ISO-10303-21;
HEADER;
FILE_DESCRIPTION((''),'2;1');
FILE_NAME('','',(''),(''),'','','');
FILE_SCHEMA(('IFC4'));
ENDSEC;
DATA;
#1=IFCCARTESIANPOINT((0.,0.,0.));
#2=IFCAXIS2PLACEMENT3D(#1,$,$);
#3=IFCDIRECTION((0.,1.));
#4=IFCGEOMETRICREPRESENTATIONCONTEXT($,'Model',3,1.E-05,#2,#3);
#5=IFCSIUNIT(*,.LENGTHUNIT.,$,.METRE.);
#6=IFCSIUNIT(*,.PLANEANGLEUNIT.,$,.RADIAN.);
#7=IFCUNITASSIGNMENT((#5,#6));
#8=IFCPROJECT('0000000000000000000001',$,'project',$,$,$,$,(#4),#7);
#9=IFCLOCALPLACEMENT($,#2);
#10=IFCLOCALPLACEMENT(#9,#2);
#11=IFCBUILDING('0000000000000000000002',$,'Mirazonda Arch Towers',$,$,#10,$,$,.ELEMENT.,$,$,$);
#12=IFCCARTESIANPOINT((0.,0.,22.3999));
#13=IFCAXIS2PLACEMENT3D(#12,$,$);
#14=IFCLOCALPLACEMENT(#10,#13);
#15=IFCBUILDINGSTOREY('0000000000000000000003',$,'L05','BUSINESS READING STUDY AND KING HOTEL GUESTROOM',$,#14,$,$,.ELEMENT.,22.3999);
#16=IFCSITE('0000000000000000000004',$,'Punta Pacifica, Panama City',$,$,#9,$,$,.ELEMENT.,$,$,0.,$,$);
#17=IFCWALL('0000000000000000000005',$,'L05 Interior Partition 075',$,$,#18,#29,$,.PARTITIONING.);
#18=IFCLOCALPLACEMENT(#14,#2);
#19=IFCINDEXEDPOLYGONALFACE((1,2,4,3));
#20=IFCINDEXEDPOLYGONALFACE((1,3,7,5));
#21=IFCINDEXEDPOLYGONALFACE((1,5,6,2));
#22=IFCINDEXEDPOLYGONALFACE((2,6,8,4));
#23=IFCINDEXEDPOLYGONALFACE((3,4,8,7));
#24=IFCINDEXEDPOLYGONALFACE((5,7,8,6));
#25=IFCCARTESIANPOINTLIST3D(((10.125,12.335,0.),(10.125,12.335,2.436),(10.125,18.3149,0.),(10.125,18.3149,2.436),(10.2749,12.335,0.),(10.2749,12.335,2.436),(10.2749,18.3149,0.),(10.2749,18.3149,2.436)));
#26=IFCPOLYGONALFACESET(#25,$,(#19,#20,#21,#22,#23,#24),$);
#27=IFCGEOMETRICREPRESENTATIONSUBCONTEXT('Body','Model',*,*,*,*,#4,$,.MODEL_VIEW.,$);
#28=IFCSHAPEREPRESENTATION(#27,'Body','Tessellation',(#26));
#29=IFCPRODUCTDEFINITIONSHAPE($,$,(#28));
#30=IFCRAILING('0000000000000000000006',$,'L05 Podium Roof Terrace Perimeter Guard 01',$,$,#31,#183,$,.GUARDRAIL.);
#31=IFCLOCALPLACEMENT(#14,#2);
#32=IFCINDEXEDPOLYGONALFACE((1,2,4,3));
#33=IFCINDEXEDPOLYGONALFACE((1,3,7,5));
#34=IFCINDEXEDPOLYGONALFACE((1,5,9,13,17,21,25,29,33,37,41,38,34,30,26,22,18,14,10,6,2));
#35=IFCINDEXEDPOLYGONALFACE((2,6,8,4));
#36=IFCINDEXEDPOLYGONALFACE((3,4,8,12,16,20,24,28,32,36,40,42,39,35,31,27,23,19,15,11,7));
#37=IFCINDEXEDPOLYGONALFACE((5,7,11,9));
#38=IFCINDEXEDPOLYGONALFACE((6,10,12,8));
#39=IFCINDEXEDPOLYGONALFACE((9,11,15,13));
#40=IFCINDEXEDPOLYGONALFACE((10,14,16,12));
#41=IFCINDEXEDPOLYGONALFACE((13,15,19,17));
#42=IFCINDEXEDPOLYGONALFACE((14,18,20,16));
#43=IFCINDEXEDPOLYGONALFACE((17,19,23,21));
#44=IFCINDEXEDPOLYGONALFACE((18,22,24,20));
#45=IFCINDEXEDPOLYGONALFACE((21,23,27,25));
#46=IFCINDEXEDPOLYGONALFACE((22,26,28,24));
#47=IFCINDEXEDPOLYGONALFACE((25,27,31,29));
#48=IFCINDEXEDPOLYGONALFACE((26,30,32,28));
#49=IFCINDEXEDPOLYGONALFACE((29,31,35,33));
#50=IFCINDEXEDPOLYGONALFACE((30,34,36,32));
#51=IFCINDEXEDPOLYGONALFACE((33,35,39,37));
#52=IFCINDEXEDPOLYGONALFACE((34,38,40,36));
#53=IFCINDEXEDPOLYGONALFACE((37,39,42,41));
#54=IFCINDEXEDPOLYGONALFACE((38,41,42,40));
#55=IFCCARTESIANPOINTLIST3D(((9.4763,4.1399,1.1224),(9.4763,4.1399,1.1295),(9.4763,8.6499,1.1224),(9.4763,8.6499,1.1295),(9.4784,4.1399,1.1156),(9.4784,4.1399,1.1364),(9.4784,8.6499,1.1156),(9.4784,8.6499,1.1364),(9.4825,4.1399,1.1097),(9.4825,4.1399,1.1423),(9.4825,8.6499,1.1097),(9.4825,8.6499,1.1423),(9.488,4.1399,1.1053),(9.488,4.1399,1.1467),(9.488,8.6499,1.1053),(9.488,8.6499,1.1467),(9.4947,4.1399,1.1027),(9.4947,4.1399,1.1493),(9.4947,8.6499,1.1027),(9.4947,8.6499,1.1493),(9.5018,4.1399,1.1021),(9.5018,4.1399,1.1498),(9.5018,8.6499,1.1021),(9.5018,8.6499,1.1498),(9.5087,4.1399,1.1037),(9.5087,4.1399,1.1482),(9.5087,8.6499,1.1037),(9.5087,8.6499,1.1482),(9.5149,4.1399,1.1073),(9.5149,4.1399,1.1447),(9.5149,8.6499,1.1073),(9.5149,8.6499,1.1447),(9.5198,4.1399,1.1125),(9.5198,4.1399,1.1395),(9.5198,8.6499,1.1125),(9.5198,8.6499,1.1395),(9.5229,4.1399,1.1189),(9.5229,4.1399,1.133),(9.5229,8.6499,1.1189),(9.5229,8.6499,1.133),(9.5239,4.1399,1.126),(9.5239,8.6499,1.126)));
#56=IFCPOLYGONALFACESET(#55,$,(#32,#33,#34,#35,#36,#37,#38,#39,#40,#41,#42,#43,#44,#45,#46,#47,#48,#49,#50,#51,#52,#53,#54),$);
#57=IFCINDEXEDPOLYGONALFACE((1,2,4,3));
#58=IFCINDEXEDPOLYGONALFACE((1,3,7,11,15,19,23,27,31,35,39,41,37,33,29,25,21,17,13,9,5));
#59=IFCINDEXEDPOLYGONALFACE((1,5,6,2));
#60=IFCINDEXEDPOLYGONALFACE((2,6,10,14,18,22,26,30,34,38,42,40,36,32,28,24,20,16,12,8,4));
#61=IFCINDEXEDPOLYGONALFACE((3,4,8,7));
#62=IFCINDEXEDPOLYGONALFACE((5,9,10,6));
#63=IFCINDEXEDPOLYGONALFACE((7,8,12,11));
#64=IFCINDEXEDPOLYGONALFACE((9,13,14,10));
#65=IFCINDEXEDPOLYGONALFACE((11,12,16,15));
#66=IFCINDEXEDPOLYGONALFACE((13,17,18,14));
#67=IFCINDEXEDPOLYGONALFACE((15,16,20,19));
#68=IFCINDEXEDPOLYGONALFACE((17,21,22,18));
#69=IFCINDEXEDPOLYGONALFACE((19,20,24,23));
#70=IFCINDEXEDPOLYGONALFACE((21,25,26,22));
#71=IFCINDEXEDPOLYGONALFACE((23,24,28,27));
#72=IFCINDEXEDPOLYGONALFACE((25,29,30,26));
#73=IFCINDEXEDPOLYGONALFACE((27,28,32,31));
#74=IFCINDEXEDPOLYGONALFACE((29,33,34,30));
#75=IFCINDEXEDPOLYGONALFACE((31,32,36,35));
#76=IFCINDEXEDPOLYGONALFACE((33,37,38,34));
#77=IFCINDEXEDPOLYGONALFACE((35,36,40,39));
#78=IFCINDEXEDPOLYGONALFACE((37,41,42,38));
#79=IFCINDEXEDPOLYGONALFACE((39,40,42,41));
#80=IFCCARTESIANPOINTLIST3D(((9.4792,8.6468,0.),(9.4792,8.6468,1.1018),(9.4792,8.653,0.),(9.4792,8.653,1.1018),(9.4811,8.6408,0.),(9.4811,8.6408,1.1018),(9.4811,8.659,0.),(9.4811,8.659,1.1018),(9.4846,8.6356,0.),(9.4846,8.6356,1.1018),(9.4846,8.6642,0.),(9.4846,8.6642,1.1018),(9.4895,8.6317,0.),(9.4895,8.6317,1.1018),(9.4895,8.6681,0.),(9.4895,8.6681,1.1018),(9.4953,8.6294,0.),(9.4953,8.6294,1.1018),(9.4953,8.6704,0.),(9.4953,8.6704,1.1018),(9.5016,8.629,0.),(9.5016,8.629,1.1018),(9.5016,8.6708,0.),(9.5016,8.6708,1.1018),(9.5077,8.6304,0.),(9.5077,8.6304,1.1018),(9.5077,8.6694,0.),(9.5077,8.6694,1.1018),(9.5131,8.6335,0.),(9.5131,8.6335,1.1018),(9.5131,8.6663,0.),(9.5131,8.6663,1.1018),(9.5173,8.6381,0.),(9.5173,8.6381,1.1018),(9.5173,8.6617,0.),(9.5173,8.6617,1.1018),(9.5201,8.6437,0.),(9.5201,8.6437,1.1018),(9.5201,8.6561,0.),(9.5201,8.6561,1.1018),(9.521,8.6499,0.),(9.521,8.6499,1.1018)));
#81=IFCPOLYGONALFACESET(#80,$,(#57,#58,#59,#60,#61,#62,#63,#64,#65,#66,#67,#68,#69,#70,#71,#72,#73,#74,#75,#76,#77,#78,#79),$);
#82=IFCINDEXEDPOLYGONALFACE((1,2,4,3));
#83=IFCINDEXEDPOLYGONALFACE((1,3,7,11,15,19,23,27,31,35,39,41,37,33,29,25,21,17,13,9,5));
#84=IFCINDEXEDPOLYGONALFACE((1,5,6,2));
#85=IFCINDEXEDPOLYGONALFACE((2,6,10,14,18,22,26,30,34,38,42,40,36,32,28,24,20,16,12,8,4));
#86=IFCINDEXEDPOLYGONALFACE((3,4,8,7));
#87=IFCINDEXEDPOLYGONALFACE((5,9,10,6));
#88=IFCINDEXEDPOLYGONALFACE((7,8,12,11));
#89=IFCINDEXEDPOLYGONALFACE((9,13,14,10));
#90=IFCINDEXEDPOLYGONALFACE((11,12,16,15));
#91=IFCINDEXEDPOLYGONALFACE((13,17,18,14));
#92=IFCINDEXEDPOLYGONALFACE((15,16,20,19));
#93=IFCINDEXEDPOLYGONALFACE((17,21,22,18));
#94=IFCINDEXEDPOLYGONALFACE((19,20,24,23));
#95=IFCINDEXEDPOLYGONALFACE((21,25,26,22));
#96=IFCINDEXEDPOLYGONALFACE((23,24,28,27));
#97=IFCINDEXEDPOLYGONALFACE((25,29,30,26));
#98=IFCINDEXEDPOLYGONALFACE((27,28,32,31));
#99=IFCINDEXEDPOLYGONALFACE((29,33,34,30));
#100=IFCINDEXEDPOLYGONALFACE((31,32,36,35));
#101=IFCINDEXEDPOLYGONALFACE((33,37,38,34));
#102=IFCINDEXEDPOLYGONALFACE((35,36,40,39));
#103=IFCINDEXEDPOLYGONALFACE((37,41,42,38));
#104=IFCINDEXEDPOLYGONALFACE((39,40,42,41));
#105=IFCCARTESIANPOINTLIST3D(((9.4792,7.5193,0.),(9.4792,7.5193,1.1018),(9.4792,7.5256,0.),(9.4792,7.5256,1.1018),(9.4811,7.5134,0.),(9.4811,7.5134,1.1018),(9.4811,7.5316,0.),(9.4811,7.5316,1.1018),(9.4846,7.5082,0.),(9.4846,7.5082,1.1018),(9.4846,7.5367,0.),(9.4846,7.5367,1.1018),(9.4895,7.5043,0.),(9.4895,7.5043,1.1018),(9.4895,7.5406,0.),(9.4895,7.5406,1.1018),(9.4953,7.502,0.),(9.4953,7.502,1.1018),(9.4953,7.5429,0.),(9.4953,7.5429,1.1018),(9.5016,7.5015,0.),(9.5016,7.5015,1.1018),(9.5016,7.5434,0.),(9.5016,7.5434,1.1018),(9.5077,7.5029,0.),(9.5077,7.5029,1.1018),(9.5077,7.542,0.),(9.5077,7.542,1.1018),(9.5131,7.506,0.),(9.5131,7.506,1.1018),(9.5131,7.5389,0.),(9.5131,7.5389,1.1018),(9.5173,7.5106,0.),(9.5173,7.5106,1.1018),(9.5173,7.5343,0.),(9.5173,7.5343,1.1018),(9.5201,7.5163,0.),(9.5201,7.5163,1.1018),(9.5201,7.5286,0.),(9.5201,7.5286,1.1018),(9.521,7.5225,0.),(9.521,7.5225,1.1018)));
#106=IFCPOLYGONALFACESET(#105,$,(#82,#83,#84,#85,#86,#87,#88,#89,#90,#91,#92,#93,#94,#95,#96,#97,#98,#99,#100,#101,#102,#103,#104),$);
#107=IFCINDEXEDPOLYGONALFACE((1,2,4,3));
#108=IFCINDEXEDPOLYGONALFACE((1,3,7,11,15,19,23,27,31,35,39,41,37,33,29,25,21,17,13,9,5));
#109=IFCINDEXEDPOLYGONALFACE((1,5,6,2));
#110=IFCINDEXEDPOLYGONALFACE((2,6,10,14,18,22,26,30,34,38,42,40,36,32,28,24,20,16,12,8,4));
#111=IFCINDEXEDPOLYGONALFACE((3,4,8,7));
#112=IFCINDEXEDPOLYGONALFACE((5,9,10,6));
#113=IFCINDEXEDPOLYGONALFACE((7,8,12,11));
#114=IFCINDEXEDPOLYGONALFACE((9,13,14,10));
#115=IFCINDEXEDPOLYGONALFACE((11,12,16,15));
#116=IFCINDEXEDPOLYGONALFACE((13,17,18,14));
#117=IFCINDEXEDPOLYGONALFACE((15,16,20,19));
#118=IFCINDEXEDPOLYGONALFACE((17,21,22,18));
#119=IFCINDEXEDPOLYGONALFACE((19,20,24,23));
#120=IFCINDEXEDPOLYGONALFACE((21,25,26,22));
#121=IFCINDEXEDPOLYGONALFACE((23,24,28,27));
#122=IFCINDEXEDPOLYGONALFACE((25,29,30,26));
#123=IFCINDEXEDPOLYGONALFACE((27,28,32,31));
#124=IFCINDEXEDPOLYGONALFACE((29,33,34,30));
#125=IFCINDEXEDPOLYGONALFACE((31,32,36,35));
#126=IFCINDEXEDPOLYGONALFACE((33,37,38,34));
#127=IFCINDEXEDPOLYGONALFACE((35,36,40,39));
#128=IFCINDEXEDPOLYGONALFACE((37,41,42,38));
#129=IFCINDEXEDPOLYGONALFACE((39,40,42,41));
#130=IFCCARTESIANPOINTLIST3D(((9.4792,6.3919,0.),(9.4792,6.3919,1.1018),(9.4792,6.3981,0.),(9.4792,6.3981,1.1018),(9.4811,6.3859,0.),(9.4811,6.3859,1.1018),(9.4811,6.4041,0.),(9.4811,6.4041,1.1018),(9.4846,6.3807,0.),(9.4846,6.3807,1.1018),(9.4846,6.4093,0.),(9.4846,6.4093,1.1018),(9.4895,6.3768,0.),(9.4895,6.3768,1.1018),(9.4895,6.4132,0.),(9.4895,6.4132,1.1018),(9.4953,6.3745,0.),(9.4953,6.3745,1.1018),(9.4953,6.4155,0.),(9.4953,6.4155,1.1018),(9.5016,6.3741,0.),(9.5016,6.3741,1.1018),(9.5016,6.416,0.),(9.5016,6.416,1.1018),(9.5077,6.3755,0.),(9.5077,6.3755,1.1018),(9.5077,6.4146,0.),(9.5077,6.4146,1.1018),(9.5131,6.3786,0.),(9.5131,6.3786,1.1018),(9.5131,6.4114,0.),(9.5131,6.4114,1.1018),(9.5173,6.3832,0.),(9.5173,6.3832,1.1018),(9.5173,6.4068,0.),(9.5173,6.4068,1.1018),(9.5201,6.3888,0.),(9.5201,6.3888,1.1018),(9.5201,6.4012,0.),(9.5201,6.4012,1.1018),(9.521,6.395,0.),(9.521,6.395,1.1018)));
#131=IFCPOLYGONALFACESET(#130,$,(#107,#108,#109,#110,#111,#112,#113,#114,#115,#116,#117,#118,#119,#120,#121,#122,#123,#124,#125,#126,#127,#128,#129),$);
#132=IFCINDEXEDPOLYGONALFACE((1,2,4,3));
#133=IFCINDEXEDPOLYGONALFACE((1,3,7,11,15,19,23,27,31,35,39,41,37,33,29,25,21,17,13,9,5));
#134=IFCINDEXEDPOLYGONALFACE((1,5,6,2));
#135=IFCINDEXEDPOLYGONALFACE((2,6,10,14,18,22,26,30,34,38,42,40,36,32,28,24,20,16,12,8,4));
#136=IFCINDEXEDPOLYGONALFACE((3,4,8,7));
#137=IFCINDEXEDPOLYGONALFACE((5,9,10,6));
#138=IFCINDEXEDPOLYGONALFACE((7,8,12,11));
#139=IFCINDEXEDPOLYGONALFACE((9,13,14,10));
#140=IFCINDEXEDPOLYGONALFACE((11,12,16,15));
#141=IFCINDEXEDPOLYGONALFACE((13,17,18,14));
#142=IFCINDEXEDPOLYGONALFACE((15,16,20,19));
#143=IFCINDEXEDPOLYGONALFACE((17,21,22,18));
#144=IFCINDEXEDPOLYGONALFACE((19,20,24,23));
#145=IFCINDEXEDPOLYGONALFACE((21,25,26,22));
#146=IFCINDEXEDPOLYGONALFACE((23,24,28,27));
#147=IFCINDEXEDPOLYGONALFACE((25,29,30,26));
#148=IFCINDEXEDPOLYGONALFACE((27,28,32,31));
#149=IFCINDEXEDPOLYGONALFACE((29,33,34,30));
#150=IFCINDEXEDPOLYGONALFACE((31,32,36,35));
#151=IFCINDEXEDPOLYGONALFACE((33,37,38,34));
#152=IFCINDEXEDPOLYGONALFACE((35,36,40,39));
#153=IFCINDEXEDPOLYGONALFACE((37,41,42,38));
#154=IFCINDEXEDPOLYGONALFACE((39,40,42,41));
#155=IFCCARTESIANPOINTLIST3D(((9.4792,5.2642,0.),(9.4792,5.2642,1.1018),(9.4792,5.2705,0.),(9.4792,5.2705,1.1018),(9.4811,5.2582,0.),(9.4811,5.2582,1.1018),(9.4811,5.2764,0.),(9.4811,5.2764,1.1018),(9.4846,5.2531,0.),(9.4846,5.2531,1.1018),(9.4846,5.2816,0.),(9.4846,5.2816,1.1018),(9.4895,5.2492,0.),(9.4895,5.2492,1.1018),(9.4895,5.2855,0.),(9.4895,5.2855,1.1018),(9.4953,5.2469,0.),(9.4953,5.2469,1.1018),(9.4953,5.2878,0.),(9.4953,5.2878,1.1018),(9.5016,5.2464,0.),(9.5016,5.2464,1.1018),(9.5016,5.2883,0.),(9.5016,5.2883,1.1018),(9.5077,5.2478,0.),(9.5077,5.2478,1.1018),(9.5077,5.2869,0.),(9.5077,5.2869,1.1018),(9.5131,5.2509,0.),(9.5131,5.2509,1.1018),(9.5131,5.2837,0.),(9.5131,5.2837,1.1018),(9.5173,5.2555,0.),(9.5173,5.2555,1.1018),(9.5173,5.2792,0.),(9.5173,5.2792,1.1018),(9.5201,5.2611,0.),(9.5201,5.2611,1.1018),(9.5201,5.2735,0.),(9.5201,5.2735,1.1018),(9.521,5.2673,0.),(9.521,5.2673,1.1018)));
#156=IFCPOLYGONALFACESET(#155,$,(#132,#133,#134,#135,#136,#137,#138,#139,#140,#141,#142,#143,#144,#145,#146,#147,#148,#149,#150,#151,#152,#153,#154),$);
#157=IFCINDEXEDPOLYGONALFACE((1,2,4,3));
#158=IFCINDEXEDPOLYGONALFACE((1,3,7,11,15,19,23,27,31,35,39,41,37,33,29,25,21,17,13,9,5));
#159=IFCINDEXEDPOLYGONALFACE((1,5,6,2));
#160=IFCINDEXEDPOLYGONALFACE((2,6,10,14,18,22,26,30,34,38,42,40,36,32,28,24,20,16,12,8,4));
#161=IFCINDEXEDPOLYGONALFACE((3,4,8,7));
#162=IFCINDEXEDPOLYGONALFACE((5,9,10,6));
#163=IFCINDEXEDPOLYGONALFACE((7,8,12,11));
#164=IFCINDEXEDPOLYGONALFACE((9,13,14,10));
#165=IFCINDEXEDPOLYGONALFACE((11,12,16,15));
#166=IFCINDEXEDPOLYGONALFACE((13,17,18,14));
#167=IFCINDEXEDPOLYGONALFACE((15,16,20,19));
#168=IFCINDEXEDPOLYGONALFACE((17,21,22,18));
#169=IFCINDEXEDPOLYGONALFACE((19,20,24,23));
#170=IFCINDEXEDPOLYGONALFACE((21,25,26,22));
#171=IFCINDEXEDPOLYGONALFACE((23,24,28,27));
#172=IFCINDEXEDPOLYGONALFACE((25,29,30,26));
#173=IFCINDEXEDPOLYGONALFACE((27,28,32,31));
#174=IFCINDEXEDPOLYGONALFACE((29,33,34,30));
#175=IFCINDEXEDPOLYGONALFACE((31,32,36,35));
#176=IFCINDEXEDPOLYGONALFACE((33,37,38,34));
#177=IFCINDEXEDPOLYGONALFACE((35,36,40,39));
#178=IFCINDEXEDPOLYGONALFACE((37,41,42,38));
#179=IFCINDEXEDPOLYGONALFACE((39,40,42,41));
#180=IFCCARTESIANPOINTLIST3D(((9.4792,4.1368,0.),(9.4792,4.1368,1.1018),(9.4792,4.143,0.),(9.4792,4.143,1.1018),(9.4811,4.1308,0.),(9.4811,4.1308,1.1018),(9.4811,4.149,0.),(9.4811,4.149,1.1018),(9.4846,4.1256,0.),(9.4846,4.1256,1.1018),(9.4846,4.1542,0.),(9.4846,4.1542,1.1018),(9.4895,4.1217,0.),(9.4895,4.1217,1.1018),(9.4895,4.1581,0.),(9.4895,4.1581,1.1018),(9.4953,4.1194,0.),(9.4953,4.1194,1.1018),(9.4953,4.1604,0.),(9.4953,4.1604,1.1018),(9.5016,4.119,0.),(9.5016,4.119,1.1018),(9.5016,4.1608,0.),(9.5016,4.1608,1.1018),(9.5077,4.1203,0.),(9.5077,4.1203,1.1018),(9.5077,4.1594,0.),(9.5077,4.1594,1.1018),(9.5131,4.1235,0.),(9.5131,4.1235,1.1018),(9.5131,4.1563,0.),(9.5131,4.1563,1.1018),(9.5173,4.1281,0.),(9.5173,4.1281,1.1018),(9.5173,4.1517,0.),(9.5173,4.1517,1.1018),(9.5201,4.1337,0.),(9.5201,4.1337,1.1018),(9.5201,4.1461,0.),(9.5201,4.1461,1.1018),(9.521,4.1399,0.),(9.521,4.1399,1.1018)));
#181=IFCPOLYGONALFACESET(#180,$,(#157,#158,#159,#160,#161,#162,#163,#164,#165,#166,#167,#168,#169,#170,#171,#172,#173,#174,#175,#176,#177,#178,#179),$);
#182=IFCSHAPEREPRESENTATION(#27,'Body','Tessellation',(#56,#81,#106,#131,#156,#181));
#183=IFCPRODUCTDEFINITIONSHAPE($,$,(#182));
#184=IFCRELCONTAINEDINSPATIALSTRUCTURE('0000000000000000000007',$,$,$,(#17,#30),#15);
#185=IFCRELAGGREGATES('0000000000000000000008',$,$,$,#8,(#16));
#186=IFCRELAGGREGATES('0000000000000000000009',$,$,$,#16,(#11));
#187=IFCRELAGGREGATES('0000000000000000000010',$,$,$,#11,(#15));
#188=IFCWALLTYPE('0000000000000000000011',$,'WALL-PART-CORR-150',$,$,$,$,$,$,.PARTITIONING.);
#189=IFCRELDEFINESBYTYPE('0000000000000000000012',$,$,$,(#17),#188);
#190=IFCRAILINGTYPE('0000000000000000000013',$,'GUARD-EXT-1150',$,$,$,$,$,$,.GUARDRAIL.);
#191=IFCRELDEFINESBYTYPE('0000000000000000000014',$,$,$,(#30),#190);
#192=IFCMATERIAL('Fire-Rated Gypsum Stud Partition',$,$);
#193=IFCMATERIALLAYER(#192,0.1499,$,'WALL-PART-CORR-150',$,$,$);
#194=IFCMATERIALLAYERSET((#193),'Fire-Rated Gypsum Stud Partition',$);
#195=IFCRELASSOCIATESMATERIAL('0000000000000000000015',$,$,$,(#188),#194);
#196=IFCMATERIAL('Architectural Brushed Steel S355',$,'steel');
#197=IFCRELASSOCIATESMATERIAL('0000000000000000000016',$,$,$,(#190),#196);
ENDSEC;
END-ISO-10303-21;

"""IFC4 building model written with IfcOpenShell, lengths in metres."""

from ifc_helpers import new_model, si_unit, direction, frame, frame_2d, origin, origin_2d, place, context, subcontext, project, spatial, rectangle, circle, extrude, material, layer, layer_set, type_object, element, save


model = new_model("IFC4")

# Units and contexts
model_context = context("Model", 3, precision=1e-05, world=origin(), true_north=direction((0.0, 1.0)))
body_context = subcontext(model_context, "Body", "Model", "MODEL_VIEW")
ifc_project = project(units=[si_unit("LENGTHUNIT", "METRE"), si_unit("PLANEANGLEUNIT", "RADIAN")], contexts=[model_context])

# Site, building, storey
site_placement = place(None, origin())
site = spatial("IfcSite", under=ifc_project, at=site_placement, Name="Punta Pacifica, Panama City", CompositionType="ELEMENT", RefElevation=0.0)
building_placement = place(site_placement, origin())
building = spatial("IfcBuilding", under=site, at=building_placement, Name="Mirazonda Arch Towers", CompositionType="ELEMENT")
storey_placement = place(building_placement, frame((0.0, 0.0, 22.3999)))
storey = spatial("IfcBuildingStorey", under=building, at=storey_placement, Name="L05", Description="BUSINESS READING STUDY AND KING HOTEL GUESTROOM", CompositionType="ELEMENT", Elevation=22.3999)

# Shared definitions
ifc_material_1 = material(Name="Fire-Rated Gypsum Stud Partition")
ifc_layer_1 = layer(ifc_material_1, 0.1499, Name="WALL-PART-CORR-150")
ifc_layer_set_1 = layer_set([ifc_layer_1], Name="Fire-Rated Gypsum Stud Partition")
wall_type_1 = type_object("IfcWallType", Name="WALL-PART-CORR-150", PredefinedType="PARTITIONING", material=ifc_layer_set_1)

# Shared definitions
ifc_material_2 = material(Name="Architectural Brushed Steel S355", Category="steel")

# Wall
wall_1_placement = place(storey_placement, frame((10.2, 12.335, 0.0), z_axis=(0.0, 0.0, 1.0), x_axis=(0.0, 1.0, 0.0)))
element("IfcWall", 1, at=wall_1_placement, inside=storey, type_object=wall_type_1, Name="L05 Interior Partition 075", PredefinedType="PARTITIONING", context=body_context, shape_type="SweptSolid", body=[
    extrude(rectangle(XDim=5.98, YDim=0.1499, at=frame_2d((2.99, 0.0))), origin(), (0.0, 0.0, 1.0), 2.436),
])

# Railing
railing_type = type_object("IfcRailingType", Name="GUARD-EXT-1150", PredefinedType="GUARDRAIL", material=ifc_material_2)
railing_1_placement = place(storey_placement, frame((9.5, 8.6499, 0.0)))
element("IfcRailing", 2, at=railing_1_placement, inside=storey, type_object=railing_type, Name="L05 Podium Roof Terrace Perimeter Guard 01", PredefinedType="GUARDRAIL", context=body_context, shape_type="SweptSolid", body=[
    extrude(circle(Radius=0.0239, at=origin_2d()), frame((0.0, 0.0, 1.126), z_axis=(0.0, -1.0, 0.0), x_axis=(1.0, 0.0, 0.0)), (0.0, 0.0, 1.0), 4.51),
    extrude(circle(Radius=0.021, at=origin_2d()), origin(), (0.0, 0.0, 1.0), 1.1018),
    extrude(circle(Radius=0.021, at=origin_2d()), frame((0.0, -1.1274, 0.0)), (0.0, 0.0, 1.0), 1.1018),
    extrude(circle(Radius=0.021, at=origin_2d()), frame((0.0, -2.2549, 0.0)), (0.0, 0.0, 1.0), 1.1018),
    extrude(circle(Radius=0.021, at=origin_2d()), frame((0.0, -3.3826, 0.0)), (0.0, 0.0, 1.0), 1.1018),
    extrude(circle(Radius=0.021, at=origin_2d()), frame((0.0, -4.51, 0.0)), (0.0, 0.0, 1.0), 1.1018),
])

save(model, "model.ifc")
